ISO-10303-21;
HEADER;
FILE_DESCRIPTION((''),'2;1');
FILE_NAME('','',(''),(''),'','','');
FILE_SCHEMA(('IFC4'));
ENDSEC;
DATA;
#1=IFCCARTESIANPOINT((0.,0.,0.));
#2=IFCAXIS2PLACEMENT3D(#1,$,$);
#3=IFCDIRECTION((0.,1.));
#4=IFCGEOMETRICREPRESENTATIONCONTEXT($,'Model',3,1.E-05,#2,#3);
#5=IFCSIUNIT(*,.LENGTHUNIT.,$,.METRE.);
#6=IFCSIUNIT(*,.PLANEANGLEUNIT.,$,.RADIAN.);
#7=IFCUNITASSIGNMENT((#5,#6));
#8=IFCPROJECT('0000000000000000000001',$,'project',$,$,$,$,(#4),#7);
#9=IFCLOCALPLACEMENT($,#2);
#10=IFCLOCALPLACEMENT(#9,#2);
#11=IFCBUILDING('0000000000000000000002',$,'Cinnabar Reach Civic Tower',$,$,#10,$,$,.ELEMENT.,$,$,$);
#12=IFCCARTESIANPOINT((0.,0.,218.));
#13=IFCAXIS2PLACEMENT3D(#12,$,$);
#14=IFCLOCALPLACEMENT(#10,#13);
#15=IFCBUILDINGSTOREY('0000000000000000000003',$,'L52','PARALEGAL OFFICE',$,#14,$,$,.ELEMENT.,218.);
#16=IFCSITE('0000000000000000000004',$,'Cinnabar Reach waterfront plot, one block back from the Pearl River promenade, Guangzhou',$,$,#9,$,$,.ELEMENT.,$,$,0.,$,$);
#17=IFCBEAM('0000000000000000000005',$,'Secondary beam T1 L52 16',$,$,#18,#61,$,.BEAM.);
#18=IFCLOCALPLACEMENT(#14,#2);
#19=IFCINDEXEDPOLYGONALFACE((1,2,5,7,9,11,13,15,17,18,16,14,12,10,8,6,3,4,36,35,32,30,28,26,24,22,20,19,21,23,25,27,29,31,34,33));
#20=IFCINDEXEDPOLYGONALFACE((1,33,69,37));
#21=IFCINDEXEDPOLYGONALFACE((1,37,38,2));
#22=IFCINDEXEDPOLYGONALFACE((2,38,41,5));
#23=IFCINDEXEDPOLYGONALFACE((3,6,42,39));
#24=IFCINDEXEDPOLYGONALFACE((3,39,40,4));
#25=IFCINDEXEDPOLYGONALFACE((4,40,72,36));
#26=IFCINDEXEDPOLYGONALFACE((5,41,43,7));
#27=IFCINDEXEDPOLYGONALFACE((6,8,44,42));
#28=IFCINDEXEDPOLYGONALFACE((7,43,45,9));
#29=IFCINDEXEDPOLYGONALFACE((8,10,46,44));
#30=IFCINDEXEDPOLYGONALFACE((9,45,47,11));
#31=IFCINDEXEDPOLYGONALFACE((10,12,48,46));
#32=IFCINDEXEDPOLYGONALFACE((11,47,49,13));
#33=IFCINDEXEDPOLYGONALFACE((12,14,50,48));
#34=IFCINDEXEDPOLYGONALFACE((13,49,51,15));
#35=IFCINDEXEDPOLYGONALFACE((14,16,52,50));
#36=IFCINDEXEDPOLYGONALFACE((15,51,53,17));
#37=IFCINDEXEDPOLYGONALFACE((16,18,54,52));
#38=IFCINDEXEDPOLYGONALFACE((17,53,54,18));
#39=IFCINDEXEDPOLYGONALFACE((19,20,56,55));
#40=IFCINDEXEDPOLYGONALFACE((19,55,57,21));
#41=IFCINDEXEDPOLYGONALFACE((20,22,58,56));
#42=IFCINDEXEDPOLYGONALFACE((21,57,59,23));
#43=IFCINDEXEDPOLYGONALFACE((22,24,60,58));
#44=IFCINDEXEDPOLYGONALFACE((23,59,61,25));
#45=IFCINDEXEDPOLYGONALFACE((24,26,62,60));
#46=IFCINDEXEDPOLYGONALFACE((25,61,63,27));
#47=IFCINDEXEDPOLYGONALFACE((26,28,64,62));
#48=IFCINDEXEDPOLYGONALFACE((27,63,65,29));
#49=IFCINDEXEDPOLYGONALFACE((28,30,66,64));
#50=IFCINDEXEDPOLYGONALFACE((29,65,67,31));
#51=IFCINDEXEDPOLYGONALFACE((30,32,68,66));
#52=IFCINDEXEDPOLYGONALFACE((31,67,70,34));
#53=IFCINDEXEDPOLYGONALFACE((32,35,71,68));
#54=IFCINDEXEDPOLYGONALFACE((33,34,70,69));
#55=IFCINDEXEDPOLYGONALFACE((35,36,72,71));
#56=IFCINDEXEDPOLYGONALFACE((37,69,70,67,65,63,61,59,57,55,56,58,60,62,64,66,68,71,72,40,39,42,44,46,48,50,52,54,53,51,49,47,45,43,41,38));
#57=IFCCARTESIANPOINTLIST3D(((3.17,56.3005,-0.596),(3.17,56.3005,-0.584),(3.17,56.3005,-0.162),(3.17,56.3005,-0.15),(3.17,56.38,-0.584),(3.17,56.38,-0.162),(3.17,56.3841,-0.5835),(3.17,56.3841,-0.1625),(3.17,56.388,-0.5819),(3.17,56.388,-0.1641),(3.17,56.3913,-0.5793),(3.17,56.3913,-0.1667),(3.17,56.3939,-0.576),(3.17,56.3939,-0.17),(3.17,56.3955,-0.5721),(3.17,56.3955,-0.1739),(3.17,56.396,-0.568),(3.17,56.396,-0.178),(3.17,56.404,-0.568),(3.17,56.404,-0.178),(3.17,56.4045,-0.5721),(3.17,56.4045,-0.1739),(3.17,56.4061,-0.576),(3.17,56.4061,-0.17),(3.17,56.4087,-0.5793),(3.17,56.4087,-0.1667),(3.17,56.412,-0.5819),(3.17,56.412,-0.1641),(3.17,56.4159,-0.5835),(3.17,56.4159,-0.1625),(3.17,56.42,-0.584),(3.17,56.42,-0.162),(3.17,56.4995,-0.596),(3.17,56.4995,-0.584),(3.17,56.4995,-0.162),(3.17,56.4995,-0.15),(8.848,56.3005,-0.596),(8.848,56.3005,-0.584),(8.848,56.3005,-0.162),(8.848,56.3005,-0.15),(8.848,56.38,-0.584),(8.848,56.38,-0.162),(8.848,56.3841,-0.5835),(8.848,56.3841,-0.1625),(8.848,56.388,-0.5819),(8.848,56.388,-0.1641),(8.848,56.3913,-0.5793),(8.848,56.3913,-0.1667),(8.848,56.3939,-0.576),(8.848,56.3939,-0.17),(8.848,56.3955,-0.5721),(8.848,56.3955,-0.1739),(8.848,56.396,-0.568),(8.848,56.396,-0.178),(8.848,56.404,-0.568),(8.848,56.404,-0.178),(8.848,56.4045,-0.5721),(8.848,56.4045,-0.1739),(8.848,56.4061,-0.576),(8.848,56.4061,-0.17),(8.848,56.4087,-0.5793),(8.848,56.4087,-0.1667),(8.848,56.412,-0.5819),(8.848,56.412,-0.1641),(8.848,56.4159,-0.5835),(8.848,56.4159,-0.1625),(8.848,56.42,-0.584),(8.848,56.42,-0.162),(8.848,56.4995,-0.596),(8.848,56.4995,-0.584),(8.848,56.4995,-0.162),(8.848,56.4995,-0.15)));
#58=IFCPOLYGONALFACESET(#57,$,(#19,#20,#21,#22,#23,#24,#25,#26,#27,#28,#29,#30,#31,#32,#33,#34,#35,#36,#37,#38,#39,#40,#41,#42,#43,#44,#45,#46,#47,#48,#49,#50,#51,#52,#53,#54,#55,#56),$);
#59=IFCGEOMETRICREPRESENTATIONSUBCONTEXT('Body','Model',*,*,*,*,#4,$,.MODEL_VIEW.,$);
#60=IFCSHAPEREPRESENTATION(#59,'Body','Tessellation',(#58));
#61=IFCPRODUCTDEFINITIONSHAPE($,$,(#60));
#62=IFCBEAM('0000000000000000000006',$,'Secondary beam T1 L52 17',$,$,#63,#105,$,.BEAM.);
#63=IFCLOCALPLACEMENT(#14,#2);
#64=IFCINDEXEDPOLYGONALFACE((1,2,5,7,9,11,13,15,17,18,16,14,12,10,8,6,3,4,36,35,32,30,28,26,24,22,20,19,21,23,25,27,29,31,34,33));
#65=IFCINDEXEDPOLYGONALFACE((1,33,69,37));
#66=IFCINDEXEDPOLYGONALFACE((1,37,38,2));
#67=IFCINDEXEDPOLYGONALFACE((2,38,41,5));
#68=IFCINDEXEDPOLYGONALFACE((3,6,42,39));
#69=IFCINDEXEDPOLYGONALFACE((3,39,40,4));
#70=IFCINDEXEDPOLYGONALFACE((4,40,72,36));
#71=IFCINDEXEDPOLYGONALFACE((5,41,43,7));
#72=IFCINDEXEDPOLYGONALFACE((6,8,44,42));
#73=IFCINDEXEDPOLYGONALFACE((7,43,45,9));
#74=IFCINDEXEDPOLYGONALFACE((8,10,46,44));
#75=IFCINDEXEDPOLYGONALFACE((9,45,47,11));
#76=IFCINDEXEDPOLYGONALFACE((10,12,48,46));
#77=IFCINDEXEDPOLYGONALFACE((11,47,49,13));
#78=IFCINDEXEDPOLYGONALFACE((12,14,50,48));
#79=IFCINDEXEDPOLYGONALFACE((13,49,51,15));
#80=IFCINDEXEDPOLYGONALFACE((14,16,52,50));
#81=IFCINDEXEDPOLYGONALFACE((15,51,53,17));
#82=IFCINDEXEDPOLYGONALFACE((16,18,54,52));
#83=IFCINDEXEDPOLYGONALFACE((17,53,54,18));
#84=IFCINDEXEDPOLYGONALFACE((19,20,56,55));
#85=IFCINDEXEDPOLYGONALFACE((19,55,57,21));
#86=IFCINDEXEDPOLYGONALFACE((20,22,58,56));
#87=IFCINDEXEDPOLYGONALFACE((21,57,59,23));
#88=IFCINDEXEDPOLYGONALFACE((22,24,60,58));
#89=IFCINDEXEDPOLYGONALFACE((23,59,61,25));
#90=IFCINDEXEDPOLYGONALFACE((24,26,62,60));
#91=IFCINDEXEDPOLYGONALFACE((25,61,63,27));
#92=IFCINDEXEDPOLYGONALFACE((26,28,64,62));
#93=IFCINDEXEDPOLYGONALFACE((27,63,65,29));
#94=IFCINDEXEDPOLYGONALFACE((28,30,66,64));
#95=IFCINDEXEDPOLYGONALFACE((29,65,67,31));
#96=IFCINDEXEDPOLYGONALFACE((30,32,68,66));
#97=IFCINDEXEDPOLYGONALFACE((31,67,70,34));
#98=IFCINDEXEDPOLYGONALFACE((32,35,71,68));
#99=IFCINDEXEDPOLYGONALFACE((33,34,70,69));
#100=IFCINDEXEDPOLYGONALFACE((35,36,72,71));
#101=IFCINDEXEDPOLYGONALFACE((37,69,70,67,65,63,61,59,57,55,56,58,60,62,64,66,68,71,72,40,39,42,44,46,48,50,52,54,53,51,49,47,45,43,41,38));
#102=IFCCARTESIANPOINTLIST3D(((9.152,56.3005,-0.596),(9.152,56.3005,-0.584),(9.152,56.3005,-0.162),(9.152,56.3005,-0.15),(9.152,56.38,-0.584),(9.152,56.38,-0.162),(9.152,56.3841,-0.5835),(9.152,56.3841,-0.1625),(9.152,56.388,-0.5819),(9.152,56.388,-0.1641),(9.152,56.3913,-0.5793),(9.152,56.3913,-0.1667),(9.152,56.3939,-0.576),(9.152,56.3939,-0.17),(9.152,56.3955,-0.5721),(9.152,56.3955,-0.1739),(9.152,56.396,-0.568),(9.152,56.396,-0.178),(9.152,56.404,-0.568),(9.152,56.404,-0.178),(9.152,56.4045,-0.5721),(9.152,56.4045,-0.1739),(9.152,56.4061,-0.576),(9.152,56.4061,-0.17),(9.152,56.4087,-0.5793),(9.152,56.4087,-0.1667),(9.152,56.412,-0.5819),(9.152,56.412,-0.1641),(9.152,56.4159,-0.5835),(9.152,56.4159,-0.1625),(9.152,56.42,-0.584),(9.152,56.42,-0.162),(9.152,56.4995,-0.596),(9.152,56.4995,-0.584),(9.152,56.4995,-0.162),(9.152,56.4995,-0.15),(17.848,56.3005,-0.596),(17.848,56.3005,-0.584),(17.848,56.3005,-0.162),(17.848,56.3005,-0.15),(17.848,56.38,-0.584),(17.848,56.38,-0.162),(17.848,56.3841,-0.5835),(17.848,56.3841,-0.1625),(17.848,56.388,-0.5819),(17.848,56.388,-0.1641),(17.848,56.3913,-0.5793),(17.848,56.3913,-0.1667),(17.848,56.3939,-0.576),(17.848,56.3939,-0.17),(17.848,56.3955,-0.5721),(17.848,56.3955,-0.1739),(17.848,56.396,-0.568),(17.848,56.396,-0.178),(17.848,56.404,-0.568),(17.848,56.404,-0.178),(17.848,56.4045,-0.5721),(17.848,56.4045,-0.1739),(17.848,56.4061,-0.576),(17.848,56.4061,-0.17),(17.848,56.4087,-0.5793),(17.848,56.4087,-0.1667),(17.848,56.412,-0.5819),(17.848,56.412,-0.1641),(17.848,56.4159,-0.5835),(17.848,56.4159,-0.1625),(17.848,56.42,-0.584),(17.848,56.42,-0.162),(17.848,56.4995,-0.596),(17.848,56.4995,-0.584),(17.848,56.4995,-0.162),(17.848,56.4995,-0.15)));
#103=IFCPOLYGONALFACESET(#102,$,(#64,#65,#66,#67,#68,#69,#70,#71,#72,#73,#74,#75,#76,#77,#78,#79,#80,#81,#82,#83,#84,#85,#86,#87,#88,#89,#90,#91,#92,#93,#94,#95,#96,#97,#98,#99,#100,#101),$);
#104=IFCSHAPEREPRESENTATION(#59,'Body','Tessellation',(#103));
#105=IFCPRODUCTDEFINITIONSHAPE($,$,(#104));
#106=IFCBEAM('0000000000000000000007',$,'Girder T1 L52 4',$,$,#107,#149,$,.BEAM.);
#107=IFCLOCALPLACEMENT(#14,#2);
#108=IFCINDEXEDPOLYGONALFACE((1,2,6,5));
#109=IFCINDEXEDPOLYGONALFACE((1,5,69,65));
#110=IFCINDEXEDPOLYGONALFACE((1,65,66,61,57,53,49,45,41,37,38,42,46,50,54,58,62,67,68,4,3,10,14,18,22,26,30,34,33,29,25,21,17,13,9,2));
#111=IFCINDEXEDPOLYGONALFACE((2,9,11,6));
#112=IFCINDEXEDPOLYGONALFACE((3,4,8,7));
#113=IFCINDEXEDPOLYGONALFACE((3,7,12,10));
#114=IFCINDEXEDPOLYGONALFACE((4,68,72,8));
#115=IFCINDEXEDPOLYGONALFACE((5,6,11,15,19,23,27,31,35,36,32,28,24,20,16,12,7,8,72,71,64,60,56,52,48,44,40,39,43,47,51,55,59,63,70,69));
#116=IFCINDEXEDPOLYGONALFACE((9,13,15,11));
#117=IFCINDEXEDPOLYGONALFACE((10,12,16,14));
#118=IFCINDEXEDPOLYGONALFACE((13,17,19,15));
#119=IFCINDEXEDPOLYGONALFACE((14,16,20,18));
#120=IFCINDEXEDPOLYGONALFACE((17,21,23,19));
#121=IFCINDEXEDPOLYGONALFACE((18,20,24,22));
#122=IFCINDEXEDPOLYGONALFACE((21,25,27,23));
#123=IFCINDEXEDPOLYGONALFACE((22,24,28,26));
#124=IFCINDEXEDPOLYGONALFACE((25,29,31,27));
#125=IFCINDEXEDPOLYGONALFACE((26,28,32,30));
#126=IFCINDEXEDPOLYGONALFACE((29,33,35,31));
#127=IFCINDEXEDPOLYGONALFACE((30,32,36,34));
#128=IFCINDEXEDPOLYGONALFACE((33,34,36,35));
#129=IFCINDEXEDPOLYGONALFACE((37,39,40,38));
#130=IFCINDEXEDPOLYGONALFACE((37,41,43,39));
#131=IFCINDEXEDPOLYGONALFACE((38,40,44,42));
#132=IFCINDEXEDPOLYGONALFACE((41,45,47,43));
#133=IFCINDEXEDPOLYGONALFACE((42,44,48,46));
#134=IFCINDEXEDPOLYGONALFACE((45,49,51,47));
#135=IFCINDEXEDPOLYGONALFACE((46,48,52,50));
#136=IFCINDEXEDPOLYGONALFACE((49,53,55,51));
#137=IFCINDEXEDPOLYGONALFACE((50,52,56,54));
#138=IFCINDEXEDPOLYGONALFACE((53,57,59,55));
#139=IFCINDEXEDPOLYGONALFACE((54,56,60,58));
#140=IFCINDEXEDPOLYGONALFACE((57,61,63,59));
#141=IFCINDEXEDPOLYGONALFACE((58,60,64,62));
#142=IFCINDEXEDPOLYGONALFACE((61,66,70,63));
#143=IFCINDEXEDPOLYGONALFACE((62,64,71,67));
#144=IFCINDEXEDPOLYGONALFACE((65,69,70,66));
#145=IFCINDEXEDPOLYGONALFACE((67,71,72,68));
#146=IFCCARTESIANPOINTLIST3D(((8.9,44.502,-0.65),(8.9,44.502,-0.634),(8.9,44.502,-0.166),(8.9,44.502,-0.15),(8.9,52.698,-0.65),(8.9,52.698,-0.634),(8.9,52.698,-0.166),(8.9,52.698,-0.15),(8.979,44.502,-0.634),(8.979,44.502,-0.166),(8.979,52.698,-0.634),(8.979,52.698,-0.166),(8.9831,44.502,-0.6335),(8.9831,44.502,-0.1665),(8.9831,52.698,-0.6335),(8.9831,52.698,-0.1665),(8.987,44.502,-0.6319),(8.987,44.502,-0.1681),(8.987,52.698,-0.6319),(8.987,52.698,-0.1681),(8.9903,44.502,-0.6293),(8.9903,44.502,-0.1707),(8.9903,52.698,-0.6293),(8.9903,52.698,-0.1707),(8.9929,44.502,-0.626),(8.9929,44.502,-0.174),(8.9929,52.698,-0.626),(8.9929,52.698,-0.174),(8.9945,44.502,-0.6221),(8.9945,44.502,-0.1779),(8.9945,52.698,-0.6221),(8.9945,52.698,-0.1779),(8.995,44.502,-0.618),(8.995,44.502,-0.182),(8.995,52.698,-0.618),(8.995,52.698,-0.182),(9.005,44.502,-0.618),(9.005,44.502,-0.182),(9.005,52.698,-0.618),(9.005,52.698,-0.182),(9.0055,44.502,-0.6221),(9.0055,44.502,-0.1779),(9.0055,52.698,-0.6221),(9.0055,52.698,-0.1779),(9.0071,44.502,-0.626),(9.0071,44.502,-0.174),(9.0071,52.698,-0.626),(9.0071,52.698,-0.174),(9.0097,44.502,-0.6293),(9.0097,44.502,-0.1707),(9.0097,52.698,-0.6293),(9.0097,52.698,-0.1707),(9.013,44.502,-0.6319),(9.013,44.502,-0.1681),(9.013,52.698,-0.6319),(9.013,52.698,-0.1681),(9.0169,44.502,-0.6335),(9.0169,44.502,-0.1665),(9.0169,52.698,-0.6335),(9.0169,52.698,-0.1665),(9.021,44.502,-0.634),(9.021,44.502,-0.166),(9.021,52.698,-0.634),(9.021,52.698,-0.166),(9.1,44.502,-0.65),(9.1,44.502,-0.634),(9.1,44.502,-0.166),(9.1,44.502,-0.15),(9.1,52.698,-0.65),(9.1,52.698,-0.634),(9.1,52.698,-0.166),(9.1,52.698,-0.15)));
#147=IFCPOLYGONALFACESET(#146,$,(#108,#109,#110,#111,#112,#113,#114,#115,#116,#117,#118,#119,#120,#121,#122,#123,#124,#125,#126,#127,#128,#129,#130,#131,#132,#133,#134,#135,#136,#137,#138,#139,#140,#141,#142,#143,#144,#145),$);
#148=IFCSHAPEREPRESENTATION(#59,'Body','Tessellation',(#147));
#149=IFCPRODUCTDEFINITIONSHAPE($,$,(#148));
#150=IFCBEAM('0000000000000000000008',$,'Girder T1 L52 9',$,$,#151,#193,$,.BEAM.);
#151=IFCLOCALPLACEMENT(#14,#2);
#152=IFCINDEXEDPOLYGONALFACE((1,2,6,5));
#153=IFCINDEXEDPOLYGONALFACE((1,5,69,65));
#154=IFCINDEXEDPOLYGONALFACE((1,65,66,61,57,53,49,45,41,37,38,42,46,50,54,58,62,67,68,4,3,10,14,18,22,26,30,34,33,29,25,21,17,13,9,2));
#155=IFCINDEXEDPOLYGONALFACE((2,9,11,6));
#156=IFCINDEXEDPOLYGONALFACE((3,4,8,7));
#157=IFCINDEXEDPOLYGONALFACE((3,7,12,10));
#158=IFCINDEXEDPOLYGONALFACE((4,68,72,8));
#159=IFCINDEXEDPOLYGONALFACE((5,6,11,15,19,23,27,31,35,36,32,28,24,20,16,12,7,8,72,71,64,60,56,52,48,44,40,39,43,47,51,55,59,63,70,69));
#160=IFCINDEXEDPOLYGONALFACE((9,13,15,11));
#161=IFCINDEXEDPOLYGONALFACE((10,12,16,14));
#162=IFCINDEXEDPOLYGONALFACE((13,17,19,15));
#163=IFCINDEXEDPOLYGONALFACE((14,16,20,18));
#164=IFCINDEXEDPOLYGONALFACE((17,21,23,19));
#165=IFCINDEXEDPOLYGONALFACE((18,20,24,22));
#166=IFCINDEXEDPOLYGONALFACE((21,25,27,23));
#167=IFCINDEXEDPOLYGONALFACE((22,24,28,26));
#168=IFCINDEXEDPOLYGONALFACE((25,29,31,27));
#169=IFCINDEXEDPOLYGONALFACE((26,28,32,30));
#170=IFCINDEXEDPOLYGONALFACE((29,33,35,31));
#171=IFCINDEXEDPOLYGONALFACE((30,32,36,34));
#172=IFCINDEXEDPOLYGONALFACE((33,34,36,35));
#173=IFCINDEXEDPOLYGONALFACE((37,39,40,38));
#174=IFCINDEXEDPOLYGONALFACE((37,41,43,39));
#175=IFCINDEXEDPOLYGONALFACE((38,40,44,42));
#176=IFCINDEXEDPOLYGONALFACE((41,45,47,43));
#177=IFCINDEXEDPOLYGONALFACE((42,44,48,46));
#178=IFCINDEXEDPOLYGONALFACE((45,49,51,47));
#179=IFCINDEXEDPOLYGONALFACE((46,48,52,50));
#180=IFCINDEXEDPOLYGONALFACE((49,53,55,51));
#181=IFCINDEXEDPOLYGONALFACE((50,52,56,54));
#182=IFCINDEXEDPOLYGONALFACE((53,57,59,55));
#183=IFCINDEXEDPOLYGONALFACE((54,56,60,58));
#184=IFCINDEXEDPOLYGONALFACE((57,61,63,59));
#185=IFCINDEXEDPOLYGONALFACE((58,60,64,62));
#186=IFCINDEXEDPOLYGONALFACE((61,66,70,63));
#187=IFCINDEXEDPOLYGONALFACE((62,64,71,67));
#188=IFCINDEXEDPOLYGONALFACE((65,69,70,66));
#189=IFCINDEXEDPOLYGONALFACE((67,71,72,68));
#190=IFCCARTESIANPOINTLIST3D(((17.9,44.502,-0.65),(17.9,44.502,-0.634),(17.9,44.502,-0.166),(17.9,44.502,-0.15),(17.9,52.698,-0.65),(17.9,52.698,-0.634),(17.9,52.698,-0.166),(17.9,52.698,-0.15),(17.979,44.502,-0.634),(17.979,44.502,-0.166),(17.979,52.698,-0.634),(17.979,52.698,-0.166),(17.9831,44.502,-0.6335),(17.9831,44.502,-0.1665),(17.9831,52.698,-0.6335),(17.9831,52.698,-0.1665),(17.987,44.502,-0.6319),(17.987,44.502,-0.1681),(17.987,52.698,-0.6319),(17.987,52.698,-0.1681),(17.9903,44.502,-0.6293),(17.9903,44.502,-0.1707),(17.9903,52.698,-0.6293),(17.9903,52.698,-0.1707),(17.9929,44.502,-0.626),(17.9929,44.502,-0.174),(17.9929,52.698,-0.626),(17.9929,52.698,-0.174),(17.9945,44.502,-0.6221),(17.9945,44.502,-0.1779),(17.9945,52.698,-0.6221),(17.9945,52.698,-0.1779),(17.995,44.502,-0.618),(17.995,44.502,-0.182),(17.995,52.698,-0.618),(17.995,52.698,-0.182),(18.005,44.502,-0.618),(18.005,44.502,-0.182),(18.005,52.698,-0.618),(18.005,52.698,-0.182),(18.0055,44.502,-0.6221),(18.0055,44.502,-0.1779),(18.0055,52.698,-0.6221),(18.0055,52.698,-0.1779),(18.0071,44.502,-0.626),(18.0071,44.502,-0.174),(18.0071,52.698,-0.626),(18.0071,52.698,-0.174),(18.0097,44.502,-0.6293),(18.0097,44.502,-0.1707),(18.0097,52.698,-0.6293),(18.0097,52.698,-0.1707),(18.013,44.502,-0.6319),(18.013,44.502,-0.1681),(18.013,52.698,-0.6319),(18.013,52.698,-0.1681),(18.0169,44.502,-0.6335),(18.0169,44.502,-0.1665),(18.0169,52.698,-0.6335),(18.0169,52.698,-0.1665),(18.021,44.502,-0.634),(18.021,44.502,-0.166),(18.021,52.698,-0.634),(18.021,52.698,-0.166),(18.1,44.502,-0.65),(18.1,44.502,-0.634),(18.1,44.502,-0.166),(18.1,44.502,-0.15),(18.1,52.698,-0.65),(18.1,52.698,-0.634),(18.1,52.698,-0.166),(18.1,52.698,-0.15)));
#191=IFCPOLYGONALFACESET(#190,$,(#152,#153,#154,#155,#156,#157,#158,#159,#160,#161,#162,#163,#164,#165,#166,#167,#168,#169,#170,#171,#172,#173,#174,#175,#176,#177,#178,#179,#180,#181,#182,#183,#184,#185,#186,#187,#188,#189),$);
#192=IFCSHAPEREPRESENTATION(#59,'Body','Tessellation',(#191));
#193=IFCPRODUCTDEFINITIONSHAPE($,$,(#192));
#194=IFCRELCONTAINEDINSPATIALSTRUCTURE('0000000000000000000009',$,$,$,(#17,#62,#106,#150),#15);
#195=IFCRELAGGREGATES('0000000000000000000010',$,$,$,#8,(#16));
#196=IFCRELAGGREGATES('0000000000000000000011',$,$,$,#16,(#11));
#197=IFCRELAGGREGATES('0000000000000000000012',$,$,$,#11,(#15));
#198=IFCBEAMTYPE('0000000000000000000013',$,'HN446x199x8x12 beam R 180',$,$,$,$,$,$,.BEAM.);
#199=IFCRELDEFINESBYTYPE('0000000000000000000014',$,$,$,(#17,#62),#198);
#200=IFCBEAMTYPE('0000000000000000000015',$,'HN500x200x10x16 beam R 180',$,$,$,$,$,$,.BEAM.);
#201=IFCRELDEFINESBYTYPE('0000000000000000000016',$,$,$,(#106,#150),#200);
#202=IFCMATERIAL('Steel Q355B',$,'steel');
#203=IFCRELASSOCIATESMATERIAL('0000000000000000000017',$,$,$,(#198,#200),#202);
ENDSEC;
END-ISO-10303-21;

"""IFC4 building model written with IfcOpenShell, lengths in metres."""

from ifc_helpers import new_model, si_unit, direction, frame, origin, origin_2d, place, context, subcontext, project, spatial, i_section, extrude, material, material_profile, profile_set, type_object, element, save


model = new_model("IFC4")

# Units and contexts
model_context = context("Model", 3, precision=1e-05, world=origin(), true_north=direction((0.0, 1.0)))
body_context = subcontext(model_context, "Body", "Model", "MODEL_VIEW")
ifc_project = project(units=[si_unit("LENGTHUNIT", "METRE"), si_unit("PLANEANGLEUNIT", "RADIAN")], contexts=[model_context])

# Site, building, storey
site_placement = place(None, origin())
site = spatial("IfcSite", under=ifc_project, at=site_placement, Name="Cinnabar Reach waterfront plot, one block back from the Pearl River promenade, Guangzhou", CompositionType="ELEMENT", RefElevation=0.0)
building_placement = place(site_placement, origin())
building = spatial("IfcBuilding", under=site, at=building_placement, Name="Cinnabar Reach Civic Tower", CompositionType="ELEMENT")
storey_placement = place(building_placement, frame((0.0, 0.0, 218.0)))
storey = spatial("IfcBuildingStorey", under=building, at=storey_placement, Name="L52", Description="PARALEGAL OFFICE", CompositionType="ELEMENT", Elevation=218.0)

# Beams
ifc_material_1 = material(Name="Steel Q355B", Category="steel")
ifc_material_profile_1 = material_profile(ifc_material_1, i_section(OverallWidth=0.199, OverallDepth=0.446, WebThickness=0.008, FlangeThickness=0.012, FilletRadius=0.016, at=origin_2d()), Name="HN446x199x8x12")
ifc_profile_set_1 = profile_set([ifc_material_profile_1], Name="Steel Q355B")
beam_type_1 = type_object("IfcBeamType", Name="HN446x199x8x12 beam R 180", PredefinedType="BEAM", material=ifc_profile_set_1)
beam_1_placement = place(storey_placement, frame((3.17, 56.4, -0.373), z_axis=(1.0, 0.0, 0.0), x_axis=(0.0, 1.0, 0.0)))
element("IfcBeam", 1, at=beam_1_placement, inside=storey, type_object=beam_type_1, Name="Secondary beam T1 L52 16", PredefinedType="BEAM", context=body_context, shape_type="SweptSolid", body=[
    extrude(i_section(OverallWidth=0.199, OverallDepth=0.446, WebThickness=0.008, FlangeThickness=0.012, FilletRadius=0.016, at=origin_2d()), origin(), (0.0, 0.0, 1.0), 5.678),
])
beam_2_placement = place(storey_placement, frame((9.152, 56.4, -0.373), z_axis=(1.0, 0.0, 0.0), x_axis=(0.0, 1.0, 0.0)))
element("IfcBeam", 2, at=beam_2_placement, inside=storey, type_object=beam_type_1, Name="Secondary beam T1 L52 17", PredefinedType="BEAM", context=body_context, shape_type="SweptSolid", body=[
    extrude(i_section(OverallWidth=0.199, OverallDepth=0.446, WebThickness=0.008, FlangeThickness=0.012, FilletRadius=0.016, at=origin_2d()), origin(), (0.0, 0.0, 1.0), 8.696),
])
ifc_material_profile_2 = material_profile(ifc_material_1, i_section(OverallWidth=0.2, OverallDepth=0.5, WebThickness=0.01, FlangeThickness=0.016, FilletRadius=0.016, at=origin_2d()), Name="HN500x200x10x16")
ifc_profile_set_2 = profile_set([ifc_material_profile_2], Name="Steel Q355B")
beam_type_2 = type_object("IfcBeamType", Name="HN500x200x10x16 beam R 180", PredefinedType="BEAM", material=ifc_profile_set_2)
for number, where, z_axis, x_axis, name in (
    (3, (9.0, 44.502, -0.4), (0.0, 1.0, 0.0), (-1.0, 0.0, 0.0), "Girder T1 L52 4"),
    (4, (18.0, 44.502, -0.4), (0.0, 1.0, 0.0), (-1.0, 0.0, 0.0), "Girder T1 L52 9"),
):
    element("IfcBeam", number, at=place(storey_placement, frame(where, z_axis=z_axis, x_axis=x_axis)), inside=storey, type_object=beam_type_2, Name=name, PredefinedType="BEAM", context=body_context, shape_type="SweptSolid", body=[
        extrude(i_section(OverallWidth=0.2, OverallDepth=0.5, WebThickness=0.01, FlangeThickness=0.016, FilletRadius=0.016, at=origin_2d()), origin(), (0.0, 0.0, 1.0), 8.196),
    ])

save(model, "model.ifc")
